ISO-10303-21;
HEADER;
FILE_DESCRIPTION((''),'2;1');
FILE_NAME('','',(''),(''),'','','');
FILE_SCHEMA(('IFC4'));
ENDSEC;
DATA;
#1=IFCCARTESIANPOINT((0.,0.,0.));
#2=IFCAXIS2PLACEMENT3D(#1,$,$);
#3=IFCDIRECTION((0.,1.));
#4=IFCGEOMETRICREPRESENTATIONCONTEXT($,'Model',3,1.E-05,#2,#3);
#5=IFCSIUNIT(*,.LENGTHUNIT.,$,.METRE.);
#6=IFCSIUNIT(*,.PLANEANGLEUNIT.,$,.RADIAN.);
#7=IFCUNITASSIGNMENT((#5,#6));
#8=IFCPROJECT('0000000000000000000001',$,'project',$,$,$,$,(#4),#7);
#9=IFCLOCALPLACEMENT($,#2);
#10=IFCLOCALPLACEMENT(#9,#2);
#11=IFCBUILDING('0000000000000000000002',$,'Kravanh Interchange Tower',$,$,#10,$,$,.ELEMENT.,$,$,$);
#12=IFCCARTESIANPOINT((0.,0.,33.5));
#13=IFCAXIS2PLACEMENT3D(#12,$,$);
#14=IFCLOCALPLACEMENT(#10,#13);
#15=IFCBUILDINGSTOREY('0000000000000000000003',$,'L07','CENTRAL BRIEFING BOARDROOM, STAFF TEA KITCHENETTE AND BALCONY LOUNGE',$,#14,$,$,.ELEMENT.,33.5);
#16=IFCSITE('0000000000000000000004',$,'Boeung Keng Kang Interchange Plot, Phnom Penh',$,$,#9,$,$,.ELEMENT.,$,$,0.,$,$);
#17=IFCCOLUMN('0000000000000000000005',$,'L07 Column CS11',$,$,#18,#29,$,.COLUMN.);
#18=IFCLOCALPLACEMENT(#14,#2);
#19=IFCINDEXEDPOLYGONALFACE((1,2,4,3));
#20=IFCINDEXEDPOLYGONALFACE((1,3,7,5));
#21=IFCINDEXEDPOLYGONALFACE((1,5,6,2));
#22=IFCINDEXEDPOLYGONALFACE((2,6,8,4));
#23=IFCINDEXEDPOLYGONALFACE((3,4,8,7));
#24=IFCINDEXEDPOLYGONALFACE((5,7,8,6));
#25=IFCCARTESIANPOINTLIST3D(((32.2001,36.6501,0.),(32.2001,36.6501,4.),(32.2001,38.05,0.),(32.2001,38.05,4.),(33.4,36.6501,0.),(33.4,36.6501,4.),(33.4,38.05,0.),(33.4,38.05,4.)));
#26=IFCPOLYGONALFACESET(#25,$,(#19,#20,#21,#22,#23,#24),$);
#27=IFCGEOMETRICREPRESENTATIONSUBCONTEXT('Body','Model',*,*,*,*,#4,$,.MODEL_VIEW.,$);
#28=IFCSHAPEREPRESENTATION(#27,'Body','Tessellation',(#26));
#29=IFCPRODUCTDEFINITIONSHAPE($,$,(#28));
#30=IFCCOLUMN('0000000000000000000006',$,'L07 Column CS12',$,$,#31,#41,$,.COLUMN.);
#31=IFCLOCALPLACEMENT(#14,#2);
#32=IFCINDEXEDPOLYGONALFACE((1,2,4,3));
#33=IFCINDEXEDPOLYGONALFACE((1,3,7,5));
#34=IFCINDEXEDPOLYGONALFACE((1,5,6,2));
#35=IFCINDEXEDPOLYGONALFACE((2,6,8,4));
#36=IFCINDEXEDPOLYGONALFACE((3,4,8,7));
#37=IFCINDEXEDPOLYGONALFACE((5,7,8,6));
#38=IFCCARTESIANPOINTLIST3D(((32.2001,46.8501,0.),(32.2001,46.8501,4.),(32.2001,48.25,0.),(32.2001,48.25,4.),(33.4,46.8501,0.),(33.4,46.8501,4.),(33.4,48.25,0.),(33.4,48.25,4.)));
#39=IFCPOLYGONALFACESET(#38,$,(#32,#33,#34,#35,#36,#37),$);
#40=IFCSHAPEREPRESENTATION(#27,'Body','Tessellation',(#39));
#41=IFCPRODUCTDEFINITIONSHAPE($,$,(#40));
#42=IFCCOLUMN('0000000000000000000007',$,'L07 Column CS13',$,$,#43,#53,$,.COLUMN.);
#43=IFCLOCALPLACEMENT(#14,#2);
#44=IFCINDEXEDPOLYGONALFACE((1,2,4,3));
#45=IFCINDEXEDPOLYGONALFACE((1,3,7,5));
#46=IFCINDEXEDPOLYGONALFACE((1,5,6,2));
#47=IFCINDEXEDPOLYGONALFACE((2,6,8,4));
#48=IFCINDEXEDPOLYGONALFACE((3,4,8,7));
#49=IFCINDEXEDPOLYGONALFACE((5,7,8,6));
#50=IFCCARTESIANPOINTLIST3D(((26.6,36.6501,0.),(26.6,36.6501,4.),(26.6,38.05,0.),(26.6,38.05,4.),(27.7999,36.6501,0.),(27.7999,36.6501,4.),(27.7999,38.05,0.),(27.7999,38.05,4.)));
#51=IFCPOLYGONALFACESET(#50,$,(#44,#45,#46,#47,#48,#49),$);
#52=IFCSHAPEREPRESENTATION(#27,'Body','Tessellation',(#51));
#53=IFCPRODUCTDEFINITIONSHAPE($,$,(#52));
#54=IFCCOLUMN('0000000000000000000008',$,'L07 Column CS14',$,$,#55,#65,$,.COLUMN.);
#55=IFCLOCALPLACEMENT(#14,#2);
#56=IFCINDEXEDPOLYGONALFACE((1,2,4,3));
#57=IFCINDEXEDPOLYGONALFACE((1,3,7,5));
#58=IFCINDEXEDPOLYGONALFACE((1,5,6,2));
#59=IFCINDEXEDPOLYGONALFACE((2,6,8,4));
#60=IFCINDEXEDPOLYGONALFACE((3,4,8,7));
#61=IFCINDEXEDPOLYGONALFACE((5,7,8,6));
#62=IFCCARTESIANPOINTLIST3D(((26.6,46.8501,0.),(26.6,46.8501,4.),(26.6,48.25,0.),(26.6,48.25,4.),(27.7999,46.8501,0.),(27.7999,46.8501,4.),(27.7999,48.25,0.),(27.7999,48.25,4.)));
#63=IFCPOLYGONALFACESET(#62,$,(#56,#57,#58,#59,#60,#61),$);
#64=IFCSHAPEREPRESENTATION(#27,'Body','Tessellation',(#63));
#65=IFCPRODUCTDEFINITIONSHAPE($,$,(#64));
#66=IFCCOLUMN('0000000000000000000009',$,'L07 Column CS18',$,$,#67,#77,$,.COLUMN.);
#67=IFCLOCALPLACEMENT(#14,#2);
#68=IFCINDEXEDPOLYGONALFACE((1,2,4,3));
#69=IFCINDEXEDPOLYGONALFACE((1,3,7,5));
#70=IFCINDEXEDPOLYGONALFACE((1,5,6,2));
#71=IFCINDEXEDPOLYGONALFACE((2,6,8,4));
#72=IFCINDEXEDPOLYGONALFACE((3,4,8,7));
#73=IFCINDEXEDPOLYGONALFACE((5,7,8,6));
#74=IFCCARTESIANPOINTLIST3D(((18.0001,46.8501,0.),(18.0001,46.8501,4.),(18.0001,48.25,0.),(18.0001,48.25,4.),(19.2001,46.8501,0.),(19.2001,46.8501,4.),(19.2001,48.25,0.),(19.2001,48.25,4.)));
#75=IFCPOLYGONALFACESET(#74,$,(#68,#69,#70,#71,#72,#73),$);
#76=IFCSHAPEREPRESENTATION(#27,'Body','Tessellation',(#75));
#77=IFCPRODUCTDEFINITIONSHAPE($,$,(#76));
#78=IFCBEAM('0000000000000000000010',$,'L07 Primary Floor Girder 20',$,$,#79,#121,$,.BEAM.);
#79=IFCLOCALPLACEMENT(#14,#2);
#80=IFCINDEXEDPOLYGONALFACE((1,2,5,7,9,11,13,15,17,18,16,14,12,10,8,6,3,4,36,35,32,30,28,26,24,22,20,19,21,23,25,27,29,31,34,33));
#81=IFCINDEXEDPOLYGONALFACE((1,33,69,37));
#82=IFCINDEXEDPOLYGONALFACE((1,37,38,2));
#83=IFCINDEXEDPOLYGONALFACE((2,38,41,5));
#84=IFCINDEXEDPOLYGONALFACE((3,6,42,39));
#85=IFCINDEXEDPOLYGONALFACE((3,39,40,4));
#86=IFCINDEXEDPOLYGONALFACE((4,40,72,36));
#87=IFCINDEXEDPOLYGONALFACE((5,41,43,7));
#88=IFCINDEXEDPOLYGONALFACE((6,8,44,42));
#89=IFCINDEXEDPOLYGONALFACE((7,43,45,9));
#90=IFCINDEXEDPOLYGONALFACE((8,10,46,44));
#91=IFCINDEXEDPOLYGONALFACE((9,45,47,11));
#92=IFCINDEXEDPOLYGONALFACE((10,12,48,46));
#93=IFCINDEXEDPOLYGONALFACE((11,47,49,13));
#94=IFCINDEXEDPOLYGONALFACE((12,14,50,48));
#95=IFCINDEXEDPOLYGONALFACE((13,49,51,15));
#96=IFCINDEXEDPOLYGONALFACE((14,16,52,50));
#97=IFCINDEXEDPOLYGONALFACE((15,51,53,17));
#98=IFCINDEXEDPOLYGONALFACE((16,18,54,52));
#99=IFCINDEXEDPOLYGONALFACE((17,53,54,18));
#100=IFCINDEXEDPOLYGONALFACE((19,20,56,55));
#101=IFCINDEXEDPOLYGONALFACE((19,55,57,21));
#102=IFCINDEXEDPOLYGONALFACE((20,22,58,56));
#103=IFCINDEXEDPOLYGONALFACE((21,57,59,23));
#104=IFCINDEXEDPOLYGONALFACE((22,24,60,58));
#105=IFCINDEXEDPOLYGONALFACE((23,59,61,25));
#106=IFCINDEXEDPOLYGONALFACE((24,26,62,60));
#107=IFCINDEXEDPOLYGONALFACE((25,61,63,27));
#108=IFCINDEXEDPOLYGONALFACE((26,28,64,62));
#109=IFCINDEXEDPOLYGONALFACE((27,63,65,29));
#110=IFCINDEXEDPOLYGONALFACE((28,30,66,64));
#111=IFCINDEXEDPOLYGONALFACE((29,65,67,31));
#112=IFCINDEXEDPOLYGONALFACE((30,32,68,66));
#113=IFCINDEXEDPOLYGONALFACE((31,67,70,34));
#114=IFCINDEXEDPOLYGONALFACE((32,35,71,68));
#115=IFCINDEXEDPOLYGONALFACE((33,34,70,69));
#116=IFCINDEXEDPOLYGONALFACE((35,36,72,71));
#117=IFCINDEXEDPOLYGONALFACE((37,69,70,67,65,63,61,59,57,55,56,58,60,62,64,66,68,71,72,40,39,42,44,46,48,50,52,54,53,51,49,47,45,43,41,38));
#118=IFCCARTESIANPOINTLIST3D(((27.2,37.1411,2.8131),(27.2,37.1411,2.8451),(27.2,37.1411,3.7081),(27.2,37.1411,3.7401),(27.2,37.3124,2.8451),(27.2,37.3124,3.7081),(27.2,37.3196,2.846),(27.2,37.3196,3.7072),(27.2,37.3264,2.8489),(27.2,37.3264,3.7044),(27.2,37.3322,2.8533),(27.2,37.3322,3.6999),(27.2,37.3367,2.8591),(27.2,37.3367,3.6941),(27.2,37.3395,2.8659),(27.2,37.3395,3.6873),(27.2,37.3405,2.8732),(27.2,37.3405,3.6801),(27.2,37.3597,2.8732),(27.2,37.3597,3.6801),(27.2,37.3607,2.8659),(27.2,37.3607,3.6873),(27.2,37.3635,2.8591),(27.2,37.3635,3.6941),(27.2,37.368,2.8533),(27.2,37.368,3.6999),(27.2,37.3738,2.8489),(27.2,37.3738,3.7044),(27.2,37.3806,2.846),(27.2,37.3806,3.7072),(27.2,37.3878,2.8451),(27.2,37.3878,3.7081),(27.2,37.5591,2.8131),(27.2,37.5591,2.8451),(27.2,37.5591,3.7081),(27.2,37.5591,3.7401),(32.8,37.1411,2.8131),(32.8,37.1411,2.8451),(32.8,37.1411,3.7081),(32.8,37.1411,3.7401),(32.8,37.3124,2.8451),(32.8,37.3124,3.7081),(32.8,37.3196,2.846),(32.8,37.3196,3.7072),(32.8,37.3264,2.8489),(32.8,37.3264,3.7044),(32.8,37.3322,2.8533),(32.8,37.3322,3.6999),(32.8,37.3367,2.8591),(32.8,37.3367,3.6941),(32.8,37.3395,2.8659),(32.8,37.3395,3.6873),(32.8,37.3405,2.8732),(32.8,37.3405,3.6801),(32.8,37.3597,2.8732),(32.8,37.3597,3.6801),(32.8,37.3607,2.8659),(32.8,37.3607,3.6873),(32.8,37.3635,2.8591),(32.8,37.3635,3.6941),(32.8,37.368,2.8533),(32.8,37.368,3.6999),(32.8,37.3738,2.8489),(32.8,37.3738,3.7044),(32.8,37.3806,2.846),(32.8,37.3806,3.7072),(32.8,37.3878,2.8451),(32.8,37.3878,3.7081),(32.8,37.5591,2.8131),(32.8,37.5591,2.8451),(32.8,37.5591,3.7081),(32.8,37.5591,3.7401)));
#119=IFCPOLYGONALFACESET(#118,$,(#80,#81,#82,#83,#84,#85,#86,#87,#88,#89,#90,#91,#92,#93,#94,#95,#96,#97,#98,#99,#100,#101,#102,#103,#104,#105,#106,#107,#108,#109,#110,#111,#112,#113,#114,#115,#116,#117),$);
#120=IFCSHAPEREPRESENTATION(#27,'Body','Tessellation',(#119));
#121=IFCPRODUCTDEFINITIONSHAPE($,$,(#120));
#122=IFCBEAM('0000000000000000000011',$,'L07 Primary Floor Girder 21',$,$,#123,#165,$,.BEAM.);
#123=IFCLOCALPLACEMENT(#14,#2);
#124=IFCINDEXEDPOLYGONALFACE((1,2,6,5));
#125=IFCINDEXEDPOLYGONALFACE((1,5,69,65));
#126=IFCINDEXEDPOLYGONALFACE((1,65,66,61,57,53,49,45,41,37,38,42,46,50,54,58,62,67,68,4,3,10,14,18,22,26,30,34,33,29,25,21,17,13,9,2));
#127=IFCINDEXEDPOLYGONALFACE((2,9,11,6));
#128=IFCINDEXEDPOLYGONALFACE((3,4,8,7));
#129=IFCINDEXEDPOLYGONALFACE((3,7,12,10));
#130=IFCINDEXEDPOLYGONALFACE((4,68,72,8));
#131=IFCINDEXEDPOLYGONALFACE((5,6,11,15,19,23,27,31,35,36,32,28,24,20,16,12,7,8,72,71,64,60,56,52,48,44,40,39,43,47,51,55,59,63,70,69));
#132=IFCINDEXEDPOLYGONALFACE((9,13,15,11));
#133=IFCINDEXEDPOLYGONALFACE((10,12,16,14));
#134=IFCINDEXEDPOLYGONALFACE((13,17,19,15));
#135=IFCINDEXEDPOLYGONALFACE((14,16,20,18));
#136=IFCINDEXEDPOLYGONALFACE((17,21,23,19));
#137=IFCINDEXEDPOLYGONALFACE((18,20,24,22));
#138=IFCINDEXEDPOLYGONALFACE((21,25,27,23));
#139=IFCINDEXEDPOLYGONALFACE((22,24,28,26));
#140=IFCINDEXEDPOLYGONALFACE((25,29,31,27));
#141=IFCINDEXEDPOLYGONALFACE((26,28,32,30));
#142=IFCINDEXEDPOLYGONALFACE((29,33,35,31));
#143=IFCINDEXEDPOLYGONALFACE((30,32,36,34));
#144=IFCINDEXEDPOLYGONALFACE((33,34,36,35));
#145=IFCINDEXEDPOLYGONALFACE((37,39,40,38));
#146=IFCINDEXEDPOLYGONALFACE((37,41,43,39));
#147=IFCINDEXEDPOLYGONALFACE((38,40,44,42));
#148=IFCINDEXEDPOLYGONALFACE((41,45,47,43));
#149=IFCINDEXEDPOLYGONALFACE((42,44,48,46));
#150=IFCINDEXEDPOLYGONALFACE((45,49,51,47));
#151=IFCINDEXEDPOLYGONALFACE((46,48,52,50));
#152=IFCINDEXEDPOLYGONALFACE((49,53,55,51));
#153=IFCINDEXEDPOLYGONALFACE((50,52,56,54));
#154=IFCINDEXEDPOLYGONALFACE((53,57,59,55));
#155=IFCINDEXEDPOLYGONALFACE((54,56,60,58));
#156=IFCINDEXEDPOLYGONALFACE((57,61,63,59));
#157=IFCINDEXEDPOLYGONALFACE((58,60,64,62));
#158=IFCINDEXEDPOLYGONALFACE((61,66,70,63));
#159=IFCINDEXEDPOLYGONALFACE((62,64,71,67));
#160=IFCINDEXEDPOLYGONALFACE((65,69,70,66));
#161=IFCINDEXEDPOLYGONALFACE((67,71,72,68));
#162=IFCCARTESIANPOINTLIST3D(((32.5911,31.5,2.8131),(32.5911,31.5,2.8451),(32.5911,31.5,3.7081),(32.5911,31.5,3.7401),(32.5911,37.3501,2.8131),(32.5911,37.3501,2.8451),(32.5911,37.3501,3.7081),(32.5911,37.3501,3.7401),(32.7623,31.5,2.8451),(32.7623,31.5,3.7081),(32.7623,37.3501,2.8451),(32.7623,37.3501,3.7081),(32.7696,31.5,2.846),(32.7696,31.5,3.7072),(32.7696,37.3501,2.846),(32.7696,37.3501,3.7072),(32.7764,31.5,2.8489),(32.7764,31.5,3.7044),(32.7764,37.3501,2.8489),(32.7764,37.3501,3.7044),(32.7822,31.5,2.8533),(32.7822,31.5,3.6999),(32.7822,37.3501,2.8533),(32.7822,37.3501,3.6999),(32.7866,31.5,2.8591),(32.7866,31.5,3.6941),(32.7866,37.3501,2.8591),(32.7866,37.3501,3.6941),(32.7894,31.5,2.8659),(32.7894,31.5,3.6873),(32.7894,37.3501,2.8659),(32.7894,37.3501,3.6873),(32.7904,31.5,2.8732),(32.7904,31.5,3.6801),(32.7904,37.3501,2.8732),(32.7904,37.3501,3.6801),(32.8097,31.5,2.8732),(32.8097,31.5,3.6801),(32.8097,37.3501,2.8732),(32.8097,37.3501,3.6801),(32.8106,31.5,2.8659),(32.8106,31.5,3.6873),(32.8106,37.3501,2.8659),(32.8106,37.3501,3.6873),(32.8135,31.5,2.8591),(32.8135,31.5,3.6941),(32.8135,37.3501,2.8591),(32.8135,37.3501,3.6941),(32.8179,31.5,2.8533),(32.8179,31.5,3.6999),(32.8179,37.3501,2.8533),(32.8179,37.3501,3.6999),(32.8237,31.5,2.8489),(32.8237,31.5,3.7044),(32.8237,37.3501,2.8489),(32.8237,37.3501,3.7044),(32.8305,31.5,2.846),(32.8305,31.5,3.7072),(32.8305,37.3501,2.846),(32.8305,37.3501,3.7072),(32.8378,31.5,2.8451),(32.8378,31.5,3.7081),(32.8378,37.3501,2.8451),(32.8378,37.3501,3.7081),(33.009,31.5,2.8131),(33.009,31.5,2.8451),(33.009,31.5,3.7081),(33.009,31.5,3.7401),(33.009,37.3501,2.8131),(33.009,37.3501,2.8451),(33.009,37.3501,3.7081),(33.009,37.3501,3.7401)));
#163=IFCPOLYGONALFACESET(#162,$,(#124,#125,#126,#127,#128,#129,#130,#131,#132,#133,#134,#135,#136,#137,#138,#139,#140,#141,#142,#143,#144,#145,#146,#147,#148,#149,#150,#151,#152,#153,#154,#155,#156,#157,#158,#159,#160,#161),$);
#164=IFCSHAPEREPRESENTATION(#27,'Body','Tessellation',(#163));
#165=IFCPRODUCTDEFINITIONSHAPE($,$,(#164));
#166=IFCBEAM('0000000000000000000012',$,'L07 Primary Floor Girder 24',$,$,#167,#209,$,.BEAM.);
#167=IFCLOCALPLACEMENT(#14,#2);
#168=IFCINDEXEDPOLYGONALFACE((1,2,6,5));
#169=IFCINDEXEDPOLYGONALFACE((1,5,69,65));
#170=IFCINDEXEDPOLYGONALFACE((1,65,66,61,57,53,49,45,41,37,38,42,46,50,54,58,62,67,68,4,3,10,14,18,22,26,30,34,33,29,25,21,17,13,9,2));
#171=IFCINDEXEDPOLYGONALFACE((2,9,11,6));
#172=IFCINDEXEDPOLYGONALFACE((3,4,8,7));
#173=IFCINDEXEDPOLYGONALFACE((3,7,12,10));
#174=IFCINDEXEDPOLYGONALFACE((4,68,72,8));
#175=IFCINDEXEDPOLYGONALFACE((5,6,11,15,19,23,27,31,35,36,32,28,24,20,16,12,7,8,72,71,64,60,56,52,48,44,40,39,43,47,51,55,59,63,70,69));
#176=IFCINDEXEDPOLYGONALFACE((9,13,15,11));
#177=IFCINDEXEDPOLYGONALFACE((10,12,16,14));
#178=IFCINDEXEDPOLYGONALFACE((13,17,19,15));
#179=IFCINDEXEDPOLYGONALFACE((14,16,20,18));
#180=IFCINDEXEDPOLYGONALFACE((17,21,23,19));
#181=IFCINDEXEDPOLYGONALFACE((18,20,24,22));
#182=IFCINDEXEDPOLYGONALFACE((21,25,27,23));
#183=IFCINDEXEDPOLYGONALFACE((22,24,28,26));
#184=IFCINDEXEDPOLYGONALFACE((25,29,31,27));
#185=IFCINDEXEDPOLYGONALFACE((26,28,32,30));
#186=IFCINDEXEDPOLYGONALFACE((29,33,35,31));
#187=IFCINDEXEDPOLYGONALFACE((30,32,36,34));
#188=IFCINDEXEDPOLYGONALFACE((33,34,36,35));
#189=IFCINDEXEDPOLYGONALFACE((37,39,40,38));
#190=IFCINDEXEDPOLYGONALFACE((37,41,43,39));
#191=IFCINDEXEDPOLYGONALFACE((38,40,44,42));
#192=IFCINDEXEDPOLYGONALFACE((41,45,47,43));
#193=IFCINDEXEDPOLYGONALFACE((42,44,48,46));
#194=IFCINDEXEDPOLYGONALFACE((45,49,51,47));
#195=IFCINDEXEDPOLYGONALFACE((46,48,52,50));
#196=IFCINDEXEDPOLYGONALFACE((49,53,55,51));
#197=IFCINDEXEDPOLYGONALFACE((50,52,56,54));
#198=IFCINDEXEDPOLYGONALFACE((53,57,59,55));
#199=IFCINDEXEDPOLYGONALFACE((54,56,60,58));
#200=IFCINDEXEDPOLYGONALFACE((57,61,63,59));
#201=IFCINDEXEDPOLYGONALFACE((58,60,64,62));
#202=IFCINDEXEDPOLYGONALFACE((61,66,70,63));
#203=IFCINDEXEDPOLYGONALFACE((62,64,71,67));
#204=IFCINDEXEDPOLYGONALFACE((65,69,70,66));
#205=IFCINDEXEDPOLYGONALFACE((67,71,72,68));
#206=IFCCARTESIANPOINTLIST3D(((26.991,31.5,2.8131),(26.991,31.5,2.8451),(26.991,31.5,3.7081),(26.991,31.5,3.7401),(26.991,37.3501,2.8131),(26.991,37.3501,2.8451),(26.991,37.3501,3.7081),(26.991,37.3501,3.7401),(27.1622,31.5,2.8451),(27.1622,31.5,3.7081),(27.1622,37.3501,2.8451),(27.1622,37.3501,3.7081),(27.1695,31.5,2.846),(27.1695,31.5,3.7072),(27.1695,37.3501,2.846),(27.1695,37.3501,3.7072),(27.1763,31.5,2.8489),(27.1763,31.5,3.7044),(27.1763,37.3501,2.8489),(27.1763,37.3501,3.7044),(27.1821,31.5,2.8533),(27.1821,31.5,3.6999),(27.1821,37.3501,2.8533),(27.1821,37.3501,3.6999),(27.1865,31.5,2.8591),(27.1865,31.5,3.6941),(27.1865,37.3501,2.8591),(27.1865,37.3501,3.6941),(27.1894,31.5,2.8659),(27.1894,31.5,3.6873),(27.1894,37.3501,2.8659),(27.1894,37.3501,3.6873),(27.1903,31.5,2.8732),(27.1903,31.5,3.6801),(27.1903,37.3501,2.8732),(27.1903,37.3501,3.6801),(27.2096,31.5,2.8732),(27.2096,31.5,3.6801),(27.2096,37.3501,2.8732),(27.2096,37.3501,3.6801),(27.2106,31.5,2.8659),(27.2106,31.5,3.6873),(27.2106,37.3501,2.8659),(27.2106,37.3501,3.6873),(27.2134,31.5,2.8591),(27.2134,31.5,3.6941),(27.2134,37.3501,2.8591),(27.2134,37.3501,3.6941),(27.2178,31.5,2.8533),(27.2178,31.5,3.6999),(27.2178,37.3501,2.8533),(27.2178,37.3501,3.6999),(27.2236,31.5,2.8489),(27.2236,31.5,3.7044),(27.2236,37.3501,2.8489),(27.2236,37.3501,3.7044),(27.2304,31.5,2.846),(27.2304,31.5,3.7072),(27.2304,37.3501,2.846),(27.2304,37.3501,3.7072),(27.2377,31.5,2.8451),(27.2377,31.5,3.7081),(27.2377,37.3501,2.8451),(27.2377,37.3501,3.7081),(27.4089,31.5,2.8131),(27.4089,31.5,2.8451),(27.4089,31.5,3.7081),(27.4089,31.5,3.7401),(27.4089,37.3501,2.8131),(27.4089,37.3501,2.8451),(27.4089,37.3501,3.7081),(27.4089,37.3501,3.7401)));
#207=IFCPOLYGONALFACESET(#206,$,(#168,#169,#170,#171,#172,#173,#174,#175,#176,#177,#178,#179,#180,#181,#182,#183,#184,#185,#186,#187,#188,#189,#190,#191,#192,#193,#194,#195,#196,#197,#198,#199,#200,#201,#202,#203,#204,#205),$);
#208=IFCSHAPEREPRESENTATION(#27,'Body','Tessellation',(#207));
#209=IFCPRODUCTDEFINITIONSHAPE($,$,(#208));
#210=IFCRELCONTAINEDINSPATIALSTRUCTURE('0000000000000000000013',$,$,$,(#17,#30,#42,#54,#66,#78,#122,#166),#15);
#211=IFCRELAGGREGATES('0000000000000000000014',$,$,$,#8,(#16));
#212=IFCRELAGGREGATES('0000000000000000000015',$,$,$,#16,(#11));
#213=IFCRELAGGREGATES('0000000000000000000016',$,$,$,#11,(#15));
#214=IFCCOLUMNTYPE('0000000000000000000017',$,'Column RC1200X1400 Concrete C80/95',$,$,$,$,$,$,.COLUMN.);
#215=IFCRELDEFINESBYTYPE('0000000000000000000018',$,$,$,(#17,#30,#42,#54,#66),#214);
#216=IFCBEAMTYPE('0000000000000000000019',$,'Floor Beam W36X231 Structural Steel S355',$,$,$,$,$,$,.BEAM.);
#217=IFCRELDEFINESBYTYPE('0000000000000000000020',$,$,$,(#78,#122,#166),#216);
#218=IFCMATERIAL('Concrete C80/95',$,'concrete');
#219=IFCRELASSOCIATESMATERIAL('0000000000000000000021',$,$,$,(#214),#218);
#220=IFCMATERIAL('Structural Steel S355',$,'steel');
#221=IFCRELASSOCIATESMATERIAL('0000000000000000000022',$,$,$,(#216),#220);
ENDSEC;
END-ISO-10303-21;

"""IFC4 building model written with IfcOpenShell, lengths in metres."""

from ifc_helpers import new_model, si_unit, direction, frame, origin, origin_2d, place, context, subcontext, project, spatial, rectangle, i_section, extrude, material, material_profile, profile_set, type_object, element, save


model = new_model("IFC4")

# Units and contexts
model_context = context("Model", 3, precision=1e-05, world=origin(), true_north=direction((0.0, 1.0)))
body_context = subcontext(model_context, "Body", "Model", "MODEL_VIEW")
ifc_project = project(units=[si_unit("LENGTHUNIT", "METRE"), si_unit("PLANEANGLEUNIT", "RADIAN")], contexts=[model_context])

# Site, building, storey
site_placement = place(None, origin())
site = spatial("IfcSite", under=ifc_project, at=site_placement, Name="Boeung Keng Kang Interchange Plot, Phnom Penh", CompositionType="ELEMENT", RefElevation=0.0)
building_placement = place(site_placement, origin())
building = spatial("IfcBuilding", under=site, at=building_placement, Name="Kravanh Interchange Tower", CompositionType="ELEMENT")
storey_placement = place(building_placement, frame((0.0, 0.0, 33.5)))
storey = spatial("IfcBuildingStorey", under=building, at=storey_placement, Name="L07", Description="CENTRAL BRIEFING BOARDROOM, STAFF TEA KITCHENETTE AND BALCONY LOUNGE", CompositionType="ELEMENT", Elevation=33.5)

# Columns
ifc_material_1 = material(Name="Concrete C80/95", Category="concrete")
ifc_material_profile_1 = material_profile(ifc_material_1, rectangle(XDim=1.2, YDim=1.3999, at=origin_2d()), Name="RC1200X1400")
ifc_profile_set_1 = profile_set([ifc_material_profile_1], Name="Concrete C80/95")
column_type = type_object("IfcColumnType", Name="Column RC1200X1400 Concrete C80/95", PredefinedType="COLUMN", material=ifc_profile_set_1)
for number, where, z_axis, x_axis, name in (
    (1, (32.8, 37.3501, 0.0), (0.0, 0.0, 1.0), (1.0, 0.0, 0.0), "L07 Column CS11"),
    (2, (32.8, 47.55, 0.0), (0.0, 0.0, 1.0), (1.0, 0.0, 0.0), "L07 Column CS12"),
    (3, (27.2, 37.3501, 0.0), (0.0, 0.0, 1.0), (1.0, 0.0, 0.0), "L07 Column CS13"),
    (4, (27.2, 47.55, 0.0), (0.0, 0.0, 1.0), (1.0, 0.0, 0.0), "L07 Column CS14"),
    (5, (18.6001, 47.55, 0.0), (0.0, 0.0, 1.0), (1.0, 0.0, 0.0), "L07 Column CS18"),
):
    element("IfcColumn", number, at=place(storey_placement, frame(where, z_axis=z_axis, x_axis=x_axis)), inside=storey, type_object=column_type, Name=name, PredefinedType="COLUMN", context=body_context, shape_type="SweptSolid", body=[
        extrude(rectangle(XDim=1.2, YDim=1.3999, at=origin_2d()), origin(), (0.0, 0.0, 1.0), 4.0),
    ])

# Beams
ifc_material_2 = material(Name="Structural Steel S355", Category="steel")
ifc_material_profile_2 = material_profile(ifc_material_2, i_section(OverallWidth=0.418, OverallDepth=0.927, WebThickness=0.0193, FlangeThickness=0.032, FilletRadius=0.0281, at=origin_2d()), Name="W36X231")
ifc_profile_set_2 = profile_set([ifc_material_profile_2], Name="Structural Steel S355")
beam_type = type_object("IfcBeamType", Name="Floor Beam W36X231 Structural Steel S355", PredefinedType="BEAM", material=ifc_profile_set_2)
beam_1_placement = place(storey_placement, frame((32.8, 37.3501, 3.2766), z_axis=(-1.0, 0.0, 0.0), x_axis=(0.0, -1.0, 0.0)))
element("IfcBeam", 6, at=beam_1_placement, inside=storey, type_object=beam_type, Name="L07 Primary Floor Girder 20", PredefinedType="BEAM", context=body_context, shape_type="SweptSolid", body=[
    extrude(i_section(OverallWidth=0.418, OverallDepth=0.927, WebThickness=0.0193, FlangeThickness=0.032, FilletRadius=0.0281, at=origin_2d()), origin(), (0.0, 0.0, 1.0), 5.6001),
])
for number, where, z_axis, x_axis, name in (
    (7, (32.8, 37.3501, 3.2766), (0.0, -1.0, 0.0), (1.0, 0.0, 0.0), "L07 Primary Floor Girder 21"),
    (8, (27.2, 37.3501, 3.2766), (0.0, -1.0, 0.0), (1.0, 0.0, 0.0), "L07 Primary Floor Girder 24"),
):
    element("IfcBeam", number, at=place(storey_placement, frame(where, z_axis=z_axis, x_axis=x_axis)), inside=storey, type_object=beam_type, Name=name, PredefinedType="BEAM", context=body_context, shape_type="SweptSolid", body=[
        extrude(i_section(OverallWidth=0.418, OverallDepth=0.927, WebThickness=0.0193, FlangeThickness=0.032, FilletRadius=0.0281, at=origin_2d()), origin(), (0.0, 0.0, 1.0), 5.8501),
    ])

save(model, "model.ifc")
